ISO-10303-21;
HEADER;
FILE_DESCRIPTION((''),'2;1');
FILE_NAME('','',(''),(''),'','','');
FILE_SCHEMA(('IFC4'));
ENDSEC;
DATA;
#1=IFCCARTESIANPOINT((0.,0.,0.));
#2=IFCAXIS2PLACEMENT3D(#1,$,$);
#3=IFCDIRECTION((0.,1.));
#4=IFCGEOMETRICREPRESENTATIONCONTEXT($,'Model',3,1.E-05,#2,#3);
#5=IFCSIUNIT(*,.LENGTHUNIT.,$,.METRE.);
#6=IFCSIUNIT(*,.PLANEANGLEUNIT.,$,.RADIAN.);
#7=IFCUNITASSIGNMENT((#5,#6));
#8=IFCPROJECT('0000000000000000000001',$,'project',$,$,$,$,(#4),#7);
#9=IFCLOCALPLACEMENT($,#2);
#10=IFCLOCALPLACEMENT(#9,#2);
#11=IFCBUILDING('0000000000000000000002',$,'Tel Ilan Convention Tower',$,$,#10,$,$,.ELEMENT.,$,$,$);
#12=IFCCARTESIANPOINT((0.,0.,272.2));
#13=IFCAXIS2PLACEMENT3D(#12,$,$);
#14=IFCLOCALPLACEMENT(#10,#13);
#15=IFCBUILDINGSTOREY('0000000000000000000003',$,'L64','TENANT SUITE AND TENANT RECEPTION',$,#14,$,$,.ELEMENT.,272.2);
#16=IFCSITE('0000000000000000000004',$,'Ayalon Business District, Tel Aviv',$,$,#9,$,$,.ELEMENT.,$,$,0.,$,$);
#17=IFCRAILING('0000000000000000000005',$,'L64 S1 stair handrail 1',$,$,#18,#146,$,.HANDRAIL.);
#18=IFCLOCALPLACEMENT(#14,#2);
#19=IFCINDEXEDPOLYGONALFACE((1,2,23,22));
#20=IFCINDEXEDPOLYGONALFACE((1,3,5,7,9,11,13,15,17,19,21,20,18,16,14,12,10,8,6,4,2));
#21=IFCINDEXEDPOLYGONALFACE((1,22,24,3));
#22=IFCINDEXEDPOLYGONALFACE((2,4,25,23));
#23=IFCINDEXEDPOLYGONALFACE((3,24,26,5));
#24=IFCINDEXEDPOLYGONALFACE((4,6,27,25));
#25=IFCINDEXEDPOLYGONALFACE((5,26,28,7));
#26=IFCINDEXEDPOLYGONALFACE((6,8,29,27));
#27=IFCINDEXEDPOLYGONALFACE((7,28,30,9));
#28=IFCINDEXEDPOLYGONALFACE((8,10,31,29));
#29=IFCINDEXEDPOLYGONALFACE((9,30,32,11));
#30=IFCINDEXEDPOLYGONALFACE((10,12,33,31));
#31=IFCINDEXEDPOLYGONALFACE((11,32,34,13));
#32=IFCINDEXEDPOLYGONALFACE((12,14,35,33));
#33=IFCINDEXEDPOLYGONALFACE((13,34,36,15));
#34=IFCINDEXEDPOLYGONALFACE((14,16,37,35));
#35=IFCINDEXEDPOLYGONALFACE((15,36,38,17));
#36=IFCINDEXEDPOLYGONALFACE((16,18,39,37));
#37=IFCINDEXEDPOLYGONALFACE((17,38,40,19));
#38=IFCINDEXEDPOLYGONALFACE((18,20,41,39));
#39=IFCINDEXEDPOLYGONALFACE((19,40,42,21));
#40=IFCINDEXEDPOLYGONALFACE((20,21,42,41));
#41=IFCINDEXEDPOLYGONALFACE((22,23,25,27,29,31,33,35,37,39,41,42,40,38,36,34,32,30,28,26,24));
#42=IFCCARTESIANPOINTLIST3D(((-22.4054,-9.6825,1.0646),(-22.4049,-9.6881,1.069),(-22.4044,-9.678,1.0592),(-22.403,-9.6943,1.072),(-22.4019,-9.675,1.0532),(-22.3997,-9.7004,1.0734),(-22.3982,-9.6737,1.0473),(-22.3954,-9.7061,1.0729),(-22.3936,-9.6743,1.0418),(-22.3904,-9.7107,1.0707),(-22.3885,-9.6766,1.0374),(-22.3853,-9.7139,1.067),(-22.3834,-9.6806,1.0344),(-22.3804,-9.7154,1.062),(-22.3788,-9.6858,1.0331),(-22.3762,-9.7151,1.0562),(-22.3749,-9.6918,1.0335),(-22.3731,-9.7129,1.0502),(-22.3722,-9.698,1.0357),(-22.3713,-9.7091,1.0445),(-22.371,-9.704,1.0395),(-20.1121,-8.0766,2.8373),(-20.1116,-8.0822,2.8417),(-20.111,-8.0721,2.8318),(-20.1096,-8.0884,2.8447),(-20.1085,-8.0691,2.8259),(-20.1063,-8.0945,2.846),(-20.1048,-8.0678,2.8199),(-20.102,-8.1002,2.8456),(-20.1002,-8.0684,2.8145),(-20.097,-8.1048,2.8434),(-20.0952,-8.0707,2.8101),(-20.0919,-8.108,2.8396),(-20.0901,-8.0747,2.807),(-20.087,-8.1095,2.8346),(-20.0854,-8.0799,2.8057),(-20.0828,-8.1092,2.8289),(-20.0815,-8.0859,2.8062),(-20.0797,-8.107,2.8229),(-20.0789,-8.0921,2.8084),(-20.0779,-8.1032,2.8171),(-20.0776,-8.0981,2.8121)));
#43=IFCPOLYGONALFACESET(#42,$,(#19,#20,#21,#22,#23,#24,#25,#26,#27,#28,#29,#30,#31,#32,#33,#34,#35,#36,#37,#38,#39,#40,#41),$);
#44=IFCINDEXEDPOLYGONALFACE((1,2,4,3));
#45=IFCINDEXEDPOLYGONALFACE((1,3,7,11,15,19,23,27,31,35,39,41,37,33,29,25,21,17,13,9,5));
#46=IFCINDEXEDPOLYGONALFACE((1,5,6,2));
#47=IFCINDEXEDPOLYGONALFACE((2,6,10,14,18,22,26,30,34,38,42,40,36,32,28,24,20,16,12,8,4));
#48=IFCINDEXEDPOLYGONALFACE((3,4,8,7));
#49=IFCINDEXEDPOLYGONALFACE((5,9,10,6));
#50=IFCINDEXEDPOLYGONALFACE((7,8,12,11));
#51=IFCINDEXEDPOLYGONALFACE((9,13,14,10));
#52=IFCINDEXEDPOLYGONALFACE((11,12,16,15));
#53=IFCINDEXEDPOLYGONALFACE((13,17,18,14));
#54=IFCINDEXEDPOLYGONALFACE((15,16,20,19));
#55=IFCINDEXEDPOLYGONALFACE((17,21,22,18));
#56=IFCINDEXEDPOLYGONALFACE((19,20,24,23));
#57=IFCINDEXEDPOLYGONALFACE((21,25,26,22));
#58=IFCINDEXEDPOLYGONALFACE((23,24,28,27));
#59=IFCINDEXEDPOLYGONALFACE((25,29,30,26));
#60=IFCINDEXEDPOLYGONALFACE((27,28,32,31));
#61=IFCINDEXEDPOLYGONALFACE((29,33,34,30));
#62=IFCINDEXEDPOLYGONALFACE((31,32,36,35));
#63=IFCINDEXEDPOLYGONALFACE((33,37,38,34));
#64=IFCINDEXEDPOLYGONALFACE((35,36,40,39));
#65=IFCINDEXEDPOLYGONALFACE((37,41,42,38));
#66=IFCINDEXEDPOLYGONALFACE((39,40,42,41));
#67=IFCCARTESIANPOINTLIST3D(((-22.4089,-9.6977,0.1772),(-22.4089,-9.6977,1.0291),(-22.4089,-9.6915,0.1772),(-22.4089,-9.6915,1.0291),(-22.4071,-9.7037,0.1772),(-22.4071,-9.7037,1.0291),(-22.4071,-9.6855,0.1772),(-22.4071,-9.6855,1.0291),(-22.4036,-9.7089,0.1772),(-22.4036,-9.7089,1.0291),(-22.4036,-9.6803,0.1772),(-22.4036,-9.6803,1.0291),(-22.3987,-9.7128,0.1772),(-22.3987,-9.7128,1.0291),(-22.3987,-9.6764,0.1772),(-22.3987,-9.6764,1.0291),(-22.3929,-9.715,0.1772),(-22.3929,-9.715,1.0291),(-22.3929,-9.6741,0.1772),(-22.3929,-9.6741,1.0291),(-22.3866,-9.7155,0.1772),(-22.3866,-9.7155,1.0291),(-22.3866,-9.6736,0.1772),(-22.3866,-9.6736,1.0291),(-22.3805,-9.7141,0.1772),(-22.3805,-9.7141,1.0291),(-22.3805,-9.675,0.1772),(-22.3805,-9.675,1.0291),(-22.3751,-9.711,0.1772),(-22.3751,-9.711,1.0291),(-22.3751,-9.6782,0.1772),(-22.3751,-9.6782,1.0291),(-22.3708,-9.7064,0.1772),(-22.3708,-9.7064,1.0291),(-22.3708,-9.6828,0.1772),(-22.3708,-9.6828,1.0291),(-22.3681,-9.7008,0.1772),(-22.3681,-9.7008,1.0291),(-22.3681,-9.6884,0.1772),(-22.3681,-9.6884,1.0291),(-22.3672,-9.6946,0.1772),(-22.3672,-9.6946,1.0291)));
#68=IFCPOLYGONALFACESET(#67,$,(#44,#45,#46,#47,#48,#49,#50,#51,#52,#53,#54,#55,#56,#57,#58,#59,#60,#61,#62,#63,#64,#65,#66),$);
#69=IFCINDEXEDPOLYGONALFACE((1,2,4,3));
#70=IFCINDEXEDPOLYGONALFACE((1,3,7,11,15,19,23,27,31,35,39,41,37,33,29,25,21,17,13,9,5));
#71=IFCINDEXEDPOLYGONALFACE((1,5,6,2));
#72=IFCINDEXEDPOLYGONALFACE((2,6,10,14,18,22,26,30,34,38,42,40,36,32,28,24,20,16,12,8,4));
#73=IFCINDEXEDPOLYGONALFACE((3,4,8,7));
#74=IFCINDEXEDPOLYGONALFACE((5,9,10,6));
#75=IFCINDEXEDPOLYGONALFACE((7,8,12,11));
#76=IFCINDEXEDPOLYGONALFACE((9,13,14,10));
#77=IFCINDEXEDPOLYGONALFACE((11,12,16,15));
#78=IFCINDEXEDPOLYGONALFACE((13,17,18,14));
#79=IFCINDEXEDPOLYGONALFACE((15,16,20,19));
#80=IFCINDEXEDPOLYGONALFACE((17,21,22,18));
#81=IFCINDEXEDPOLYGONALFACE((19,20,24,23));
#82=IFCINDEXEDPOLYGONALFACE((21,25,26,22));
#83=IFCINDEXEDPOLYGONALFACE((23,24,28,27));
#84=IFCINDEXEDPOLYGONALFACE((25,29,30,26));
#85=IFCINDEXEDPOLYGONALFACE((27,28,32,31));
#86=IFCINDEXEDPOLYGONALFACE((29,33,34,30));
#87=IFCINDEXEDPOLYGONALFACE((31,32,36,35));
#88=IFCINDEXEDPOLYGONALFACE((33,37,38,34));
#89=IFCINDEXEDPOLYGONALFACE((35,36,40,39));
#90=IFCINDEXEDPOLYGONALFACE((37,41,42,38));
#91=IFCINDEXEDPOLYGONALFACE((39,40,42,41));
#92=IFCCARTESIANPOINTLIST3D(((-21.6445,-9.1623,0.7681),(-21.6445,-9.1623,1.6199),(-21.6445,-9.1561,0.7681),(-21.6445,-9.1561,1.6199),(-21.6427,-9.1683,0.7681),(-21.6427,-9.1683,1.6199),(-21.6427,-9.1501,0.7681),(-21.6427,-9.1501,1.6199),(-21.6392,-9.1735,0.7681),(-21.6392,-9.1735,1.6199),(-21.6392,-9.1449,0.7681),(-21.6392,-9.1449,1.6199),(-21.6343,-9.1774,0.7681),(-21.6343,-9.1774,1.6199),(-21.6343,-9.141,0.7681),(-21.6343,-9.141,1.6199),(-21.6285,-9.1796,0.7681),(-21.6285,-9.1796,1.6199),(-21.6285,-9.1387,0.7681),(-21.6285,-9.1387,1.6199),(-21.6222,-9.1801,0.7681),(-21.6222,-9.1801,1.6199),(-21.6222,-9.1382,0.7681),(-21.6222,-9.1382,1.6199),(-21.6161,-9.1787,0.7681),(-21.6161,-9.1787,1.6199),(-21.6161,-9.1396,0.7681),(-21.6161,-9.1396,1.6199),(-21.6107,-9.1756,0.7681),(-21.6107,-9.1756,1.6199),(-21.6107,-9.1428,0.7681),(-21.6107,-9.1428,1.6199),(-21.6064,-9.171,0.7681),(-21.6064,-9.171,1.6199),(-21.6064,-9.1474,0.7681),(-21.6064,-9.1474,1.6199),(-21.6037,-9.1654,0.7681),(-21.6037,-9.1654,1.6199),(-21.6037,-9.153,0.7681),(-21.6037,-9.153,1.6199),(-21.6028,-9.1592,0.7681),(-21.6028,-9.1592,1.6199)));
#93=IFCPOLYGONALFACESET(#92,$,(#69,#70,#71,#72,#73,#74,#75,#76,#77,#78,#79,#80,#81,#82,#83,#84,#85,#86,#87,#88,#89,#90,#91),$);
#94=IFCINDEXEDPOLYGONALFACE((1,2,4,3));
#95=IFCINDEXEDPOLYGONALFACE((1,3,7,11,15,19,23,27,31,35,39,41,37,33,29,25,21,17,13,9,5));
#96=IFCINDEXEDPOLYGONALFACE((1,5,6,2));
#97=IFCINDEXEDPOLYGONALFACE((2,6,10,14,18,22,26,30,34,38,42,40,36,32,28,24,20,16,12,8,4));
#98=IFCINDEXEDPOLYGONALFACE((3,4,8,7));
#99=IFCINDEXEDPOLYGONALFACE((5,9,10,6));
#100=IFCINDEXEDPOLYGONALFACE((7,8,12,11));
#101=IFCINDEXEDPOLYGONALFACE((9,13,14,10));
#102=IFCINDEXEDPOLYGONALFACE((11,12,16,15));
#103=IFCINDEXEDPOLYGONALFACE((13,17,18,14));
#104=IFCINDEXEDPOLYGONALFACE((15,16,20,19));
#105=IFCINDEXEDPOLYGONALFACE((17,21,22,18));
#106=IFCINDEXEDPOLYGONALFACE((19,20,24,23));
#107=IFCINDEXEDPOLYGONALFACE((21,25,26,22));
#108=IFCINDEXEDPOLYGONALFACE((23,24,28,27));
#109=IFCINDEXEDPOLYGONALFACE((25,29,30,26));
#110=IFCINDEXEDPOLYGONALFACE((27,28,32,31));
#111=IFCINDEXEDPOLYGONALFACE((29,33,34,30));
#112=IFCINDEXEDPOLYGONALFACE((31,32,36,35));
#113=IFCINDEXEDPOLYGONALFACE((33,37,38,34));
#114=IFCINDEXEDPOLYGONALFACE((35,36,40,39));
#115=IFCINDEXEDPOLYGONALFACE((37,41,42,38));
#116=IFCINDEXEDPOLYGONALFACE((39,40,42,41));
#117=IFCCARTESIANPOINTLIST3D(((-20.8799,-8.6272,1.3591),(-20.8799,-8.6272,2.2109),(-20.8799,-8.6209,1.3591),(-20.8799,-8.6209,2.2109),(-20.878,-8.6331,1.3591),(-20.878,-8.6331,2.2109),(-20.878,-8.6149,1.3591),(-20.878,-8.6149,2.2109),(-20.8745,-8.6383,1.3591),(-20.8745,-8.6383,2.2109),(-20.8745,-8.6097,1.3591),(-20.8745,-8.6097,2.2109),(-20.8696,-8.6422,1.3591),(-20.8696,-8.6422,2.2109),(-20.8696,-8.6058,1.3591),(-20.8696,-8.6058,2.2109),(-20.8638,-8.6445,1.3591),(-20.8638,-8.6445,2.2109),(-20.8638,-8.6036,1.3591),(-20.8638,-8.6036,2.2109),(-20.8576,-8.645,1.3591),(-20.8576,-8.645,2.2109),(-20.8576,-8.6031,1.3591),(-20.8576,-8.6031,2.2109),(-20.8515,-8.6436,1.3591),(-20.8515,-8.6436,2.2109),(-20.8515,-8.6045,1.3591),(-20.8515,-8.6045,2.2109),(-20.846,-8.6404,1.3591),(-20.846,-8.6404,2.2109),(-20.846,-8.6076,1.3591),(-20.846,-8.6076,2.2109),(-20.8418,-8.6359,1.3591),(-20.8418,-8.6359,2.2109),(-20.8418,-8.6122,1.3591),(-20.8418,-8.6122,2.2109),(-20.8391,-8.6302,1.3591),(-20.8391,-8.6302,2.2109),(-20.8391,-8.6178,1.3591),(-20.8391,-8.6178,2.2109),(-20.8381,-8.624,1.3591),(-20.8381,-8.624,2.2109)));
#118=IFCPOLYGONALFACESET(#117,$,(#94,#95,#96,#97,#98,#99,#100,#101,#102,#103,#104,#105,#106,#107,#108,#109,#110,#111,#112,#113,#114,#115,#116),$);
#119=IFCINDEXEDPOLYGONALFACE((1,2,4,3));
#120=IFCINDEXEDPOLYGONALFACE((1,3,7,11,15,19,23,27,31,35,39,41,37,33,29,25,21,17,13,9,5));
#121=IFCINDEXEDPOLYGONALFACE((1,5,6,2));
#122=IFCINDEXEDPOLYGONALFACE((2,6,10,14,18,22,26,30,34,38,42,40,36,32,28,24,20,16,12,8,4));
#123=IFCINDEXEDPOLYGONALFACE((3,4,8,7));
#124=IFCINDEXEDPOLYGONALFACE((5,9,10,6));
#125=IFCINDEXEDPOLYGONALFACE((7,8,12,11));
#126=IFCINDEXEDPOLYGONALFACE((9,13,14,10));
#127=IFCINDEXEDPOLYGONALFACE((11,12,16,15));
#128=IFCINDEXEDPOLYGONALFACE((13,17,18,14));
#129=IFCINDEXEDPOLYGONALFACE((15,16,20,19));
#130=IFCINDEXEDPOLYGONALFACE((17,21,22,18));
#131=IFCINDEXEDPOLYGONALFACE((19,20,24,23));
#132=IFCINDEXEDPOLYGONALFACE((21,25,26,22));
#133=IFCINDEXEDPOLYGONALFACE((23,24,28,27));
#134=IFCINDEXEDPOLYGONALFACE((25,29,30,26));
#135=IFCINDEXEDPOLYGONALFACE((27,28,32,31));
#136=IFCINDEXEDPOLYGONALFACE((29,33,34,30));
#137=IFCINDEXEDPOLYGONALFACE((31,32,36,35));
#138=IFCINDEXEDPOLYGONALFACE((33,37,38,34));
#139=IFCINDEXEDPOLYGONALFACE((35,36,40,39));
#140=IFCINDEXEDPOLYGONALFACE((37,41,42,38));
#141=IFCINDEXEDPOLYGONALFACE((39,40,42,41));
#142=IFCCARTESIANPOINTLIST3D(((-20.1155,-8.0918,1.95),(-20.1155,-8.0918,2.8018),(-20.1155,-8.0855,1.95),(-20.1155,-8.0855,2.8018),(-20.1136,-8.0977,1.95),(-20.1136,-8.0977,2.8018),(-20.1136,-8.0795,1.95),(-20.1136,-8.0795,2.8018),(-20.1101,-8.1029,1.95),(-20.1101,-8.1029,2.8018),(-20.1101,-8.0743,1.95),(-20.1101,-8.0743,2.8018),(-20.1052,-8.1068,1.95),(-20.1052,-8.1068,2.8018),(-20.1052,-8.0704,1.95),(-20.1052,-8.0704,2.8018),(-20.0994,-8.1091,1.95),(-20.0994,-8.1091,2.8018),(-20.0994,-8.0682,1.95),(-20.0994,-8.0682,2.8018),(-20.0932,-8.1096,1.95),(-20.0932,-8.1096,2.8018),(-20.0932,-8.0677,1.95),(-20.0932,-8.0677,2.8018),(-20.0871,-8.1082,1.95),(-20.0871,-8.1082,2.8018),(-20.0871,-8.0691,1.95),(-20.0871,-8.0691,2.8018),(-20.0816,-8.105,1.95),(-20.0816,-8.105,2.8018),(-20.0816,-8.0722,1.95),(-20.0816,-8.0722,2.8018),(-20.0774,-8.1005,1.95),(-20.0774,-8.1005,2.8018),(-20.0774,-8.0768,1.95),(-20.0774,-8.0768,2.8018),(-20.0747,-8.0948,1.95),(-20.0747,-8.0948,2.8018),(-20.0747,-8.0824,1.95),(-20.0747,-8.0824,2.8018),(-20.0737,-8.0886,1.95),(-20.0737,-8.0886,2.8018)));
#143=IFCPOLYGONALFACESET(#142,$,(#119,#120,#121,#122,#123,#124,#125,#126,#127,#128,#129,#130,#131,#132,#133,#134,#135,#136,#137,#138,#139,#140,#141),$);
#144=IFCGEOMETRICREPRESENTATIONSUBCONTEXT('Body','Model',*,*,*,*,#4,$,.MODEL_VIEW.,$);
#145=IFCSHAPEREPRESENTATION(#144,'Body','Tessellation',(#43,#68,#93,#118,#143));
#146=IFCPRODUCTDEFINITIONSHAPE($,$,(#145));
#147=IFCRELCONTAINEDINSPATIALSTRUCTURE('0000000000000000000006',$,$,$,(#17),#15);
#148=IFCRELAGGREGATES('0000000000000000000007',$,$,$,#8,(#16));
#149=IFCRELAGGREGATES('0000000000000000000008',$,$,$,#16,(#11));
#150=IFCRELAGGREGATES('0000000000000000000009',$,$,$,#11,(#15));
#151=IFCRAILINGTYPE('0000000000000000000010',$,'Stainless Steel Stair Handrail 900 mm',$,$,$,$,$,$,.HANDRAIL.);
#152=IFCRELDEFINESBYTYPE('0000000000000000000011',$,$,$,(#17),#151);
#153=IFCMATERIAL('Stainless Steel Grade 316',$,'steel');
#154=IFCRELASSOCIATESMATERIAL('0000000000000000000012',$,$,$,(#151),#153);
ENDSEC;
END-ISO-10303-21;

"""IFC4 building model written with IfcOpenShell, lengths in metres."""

from ifc_helpers import new_model, si_unit, direction, frame, origin, origin_2d, place, context, subcontext, project, spatial, circle, extrude, material, type_object, element, save


model = new_model("IFC4")

# Units and contexts
model_context = context("Model", 3, precision=1e-05, world=origin(), true_north=direction((0.0, 1.0)))
body_context = subcontext(model_context, "Body", "Model", "MODEL_VIEW")
ifc_project = project(units=[si_unit("LENGTHUNIT", "METRE"), si_unit("PLANEANGLEUNIT", "RADIAN")], contexts=[model_context])

# Site, building, storey
site_placement = place(None, origin())
site = spatial("IfcSite", under=ifc_project, at=site_placement, Name="Ayalon Business District, Tel Aviv", CompositionType="ELEMENT", RefElevation=0.0)
building_placement = place(site_placement, origin())
building = spatial("IfcBuilding", under=site, at=building_placement, Name="Tel Ilan Convention Tower", CompositionType="ELEMENT")
storey_placement = place(building_placement, frame((0.0, 0.0, 272.2)))
storey = spatial("IfcBuildingStorey", under=building, at=storey_placement, Name="L64", Description="TENANT SUITE AND TENANT RECEPTION", CompositionType="ELEMENT", Elevation=272.2)

# Railing
ifc_material_1 = material(Name="Stainless Steel Grade 316", Category="steel")
railing_type_1 = type_object("IfcRailingType", Name="Stainless Steel Stair Handrail 900 mm", PredefinedType="HANDRAIL", material=ifc_material_1)
railing_1_placement = place(storey_placement, frame((-22.3882, -9.6946, 0.1772)))
element("IfcRailing", 1, at=railing_1_placement, inside=storey, type_object=railing_type_1, Name="L64 S1 stair handrail 1", PredefinedType="HANDRAIL", context=body_context, shape_type="SweptSolid", body=[
    extrude(circle(Radius=0.0239, at=origin_2d()), frame((0.0, 0.0, 0.876), z_axis=(0.692085, 0.484621, 0.53494), x_axis=(-0.573591, 0.819142, 0.0)), (0.0, 0.0, 1.0), 3.3137),
    extrude(circle(Radius=0.021, at=origin_2d()), origin(), (0.0, 0.0, 1.0), 0.8518),
    extrude(circle(Radius=0.021, at=origin_2d()), frame((0.7644, 0.5354, 0.5908)), (0.0, 0.0, 1.0), 0.8518),
    extrude(circle(Radius=0.021, at=origin_2d()), frame((1.5291, 1.0706, 1.1819)), (0.0, 0.0, 1.0), 0.8518),
    extrude(circle(Radius=0.021, at=origin_2d()), frame((2.2935, 1.606, 1.7727)), (0.0, 0.0, 1.0), 0.8518),
])

save(model, "model.ifc")
